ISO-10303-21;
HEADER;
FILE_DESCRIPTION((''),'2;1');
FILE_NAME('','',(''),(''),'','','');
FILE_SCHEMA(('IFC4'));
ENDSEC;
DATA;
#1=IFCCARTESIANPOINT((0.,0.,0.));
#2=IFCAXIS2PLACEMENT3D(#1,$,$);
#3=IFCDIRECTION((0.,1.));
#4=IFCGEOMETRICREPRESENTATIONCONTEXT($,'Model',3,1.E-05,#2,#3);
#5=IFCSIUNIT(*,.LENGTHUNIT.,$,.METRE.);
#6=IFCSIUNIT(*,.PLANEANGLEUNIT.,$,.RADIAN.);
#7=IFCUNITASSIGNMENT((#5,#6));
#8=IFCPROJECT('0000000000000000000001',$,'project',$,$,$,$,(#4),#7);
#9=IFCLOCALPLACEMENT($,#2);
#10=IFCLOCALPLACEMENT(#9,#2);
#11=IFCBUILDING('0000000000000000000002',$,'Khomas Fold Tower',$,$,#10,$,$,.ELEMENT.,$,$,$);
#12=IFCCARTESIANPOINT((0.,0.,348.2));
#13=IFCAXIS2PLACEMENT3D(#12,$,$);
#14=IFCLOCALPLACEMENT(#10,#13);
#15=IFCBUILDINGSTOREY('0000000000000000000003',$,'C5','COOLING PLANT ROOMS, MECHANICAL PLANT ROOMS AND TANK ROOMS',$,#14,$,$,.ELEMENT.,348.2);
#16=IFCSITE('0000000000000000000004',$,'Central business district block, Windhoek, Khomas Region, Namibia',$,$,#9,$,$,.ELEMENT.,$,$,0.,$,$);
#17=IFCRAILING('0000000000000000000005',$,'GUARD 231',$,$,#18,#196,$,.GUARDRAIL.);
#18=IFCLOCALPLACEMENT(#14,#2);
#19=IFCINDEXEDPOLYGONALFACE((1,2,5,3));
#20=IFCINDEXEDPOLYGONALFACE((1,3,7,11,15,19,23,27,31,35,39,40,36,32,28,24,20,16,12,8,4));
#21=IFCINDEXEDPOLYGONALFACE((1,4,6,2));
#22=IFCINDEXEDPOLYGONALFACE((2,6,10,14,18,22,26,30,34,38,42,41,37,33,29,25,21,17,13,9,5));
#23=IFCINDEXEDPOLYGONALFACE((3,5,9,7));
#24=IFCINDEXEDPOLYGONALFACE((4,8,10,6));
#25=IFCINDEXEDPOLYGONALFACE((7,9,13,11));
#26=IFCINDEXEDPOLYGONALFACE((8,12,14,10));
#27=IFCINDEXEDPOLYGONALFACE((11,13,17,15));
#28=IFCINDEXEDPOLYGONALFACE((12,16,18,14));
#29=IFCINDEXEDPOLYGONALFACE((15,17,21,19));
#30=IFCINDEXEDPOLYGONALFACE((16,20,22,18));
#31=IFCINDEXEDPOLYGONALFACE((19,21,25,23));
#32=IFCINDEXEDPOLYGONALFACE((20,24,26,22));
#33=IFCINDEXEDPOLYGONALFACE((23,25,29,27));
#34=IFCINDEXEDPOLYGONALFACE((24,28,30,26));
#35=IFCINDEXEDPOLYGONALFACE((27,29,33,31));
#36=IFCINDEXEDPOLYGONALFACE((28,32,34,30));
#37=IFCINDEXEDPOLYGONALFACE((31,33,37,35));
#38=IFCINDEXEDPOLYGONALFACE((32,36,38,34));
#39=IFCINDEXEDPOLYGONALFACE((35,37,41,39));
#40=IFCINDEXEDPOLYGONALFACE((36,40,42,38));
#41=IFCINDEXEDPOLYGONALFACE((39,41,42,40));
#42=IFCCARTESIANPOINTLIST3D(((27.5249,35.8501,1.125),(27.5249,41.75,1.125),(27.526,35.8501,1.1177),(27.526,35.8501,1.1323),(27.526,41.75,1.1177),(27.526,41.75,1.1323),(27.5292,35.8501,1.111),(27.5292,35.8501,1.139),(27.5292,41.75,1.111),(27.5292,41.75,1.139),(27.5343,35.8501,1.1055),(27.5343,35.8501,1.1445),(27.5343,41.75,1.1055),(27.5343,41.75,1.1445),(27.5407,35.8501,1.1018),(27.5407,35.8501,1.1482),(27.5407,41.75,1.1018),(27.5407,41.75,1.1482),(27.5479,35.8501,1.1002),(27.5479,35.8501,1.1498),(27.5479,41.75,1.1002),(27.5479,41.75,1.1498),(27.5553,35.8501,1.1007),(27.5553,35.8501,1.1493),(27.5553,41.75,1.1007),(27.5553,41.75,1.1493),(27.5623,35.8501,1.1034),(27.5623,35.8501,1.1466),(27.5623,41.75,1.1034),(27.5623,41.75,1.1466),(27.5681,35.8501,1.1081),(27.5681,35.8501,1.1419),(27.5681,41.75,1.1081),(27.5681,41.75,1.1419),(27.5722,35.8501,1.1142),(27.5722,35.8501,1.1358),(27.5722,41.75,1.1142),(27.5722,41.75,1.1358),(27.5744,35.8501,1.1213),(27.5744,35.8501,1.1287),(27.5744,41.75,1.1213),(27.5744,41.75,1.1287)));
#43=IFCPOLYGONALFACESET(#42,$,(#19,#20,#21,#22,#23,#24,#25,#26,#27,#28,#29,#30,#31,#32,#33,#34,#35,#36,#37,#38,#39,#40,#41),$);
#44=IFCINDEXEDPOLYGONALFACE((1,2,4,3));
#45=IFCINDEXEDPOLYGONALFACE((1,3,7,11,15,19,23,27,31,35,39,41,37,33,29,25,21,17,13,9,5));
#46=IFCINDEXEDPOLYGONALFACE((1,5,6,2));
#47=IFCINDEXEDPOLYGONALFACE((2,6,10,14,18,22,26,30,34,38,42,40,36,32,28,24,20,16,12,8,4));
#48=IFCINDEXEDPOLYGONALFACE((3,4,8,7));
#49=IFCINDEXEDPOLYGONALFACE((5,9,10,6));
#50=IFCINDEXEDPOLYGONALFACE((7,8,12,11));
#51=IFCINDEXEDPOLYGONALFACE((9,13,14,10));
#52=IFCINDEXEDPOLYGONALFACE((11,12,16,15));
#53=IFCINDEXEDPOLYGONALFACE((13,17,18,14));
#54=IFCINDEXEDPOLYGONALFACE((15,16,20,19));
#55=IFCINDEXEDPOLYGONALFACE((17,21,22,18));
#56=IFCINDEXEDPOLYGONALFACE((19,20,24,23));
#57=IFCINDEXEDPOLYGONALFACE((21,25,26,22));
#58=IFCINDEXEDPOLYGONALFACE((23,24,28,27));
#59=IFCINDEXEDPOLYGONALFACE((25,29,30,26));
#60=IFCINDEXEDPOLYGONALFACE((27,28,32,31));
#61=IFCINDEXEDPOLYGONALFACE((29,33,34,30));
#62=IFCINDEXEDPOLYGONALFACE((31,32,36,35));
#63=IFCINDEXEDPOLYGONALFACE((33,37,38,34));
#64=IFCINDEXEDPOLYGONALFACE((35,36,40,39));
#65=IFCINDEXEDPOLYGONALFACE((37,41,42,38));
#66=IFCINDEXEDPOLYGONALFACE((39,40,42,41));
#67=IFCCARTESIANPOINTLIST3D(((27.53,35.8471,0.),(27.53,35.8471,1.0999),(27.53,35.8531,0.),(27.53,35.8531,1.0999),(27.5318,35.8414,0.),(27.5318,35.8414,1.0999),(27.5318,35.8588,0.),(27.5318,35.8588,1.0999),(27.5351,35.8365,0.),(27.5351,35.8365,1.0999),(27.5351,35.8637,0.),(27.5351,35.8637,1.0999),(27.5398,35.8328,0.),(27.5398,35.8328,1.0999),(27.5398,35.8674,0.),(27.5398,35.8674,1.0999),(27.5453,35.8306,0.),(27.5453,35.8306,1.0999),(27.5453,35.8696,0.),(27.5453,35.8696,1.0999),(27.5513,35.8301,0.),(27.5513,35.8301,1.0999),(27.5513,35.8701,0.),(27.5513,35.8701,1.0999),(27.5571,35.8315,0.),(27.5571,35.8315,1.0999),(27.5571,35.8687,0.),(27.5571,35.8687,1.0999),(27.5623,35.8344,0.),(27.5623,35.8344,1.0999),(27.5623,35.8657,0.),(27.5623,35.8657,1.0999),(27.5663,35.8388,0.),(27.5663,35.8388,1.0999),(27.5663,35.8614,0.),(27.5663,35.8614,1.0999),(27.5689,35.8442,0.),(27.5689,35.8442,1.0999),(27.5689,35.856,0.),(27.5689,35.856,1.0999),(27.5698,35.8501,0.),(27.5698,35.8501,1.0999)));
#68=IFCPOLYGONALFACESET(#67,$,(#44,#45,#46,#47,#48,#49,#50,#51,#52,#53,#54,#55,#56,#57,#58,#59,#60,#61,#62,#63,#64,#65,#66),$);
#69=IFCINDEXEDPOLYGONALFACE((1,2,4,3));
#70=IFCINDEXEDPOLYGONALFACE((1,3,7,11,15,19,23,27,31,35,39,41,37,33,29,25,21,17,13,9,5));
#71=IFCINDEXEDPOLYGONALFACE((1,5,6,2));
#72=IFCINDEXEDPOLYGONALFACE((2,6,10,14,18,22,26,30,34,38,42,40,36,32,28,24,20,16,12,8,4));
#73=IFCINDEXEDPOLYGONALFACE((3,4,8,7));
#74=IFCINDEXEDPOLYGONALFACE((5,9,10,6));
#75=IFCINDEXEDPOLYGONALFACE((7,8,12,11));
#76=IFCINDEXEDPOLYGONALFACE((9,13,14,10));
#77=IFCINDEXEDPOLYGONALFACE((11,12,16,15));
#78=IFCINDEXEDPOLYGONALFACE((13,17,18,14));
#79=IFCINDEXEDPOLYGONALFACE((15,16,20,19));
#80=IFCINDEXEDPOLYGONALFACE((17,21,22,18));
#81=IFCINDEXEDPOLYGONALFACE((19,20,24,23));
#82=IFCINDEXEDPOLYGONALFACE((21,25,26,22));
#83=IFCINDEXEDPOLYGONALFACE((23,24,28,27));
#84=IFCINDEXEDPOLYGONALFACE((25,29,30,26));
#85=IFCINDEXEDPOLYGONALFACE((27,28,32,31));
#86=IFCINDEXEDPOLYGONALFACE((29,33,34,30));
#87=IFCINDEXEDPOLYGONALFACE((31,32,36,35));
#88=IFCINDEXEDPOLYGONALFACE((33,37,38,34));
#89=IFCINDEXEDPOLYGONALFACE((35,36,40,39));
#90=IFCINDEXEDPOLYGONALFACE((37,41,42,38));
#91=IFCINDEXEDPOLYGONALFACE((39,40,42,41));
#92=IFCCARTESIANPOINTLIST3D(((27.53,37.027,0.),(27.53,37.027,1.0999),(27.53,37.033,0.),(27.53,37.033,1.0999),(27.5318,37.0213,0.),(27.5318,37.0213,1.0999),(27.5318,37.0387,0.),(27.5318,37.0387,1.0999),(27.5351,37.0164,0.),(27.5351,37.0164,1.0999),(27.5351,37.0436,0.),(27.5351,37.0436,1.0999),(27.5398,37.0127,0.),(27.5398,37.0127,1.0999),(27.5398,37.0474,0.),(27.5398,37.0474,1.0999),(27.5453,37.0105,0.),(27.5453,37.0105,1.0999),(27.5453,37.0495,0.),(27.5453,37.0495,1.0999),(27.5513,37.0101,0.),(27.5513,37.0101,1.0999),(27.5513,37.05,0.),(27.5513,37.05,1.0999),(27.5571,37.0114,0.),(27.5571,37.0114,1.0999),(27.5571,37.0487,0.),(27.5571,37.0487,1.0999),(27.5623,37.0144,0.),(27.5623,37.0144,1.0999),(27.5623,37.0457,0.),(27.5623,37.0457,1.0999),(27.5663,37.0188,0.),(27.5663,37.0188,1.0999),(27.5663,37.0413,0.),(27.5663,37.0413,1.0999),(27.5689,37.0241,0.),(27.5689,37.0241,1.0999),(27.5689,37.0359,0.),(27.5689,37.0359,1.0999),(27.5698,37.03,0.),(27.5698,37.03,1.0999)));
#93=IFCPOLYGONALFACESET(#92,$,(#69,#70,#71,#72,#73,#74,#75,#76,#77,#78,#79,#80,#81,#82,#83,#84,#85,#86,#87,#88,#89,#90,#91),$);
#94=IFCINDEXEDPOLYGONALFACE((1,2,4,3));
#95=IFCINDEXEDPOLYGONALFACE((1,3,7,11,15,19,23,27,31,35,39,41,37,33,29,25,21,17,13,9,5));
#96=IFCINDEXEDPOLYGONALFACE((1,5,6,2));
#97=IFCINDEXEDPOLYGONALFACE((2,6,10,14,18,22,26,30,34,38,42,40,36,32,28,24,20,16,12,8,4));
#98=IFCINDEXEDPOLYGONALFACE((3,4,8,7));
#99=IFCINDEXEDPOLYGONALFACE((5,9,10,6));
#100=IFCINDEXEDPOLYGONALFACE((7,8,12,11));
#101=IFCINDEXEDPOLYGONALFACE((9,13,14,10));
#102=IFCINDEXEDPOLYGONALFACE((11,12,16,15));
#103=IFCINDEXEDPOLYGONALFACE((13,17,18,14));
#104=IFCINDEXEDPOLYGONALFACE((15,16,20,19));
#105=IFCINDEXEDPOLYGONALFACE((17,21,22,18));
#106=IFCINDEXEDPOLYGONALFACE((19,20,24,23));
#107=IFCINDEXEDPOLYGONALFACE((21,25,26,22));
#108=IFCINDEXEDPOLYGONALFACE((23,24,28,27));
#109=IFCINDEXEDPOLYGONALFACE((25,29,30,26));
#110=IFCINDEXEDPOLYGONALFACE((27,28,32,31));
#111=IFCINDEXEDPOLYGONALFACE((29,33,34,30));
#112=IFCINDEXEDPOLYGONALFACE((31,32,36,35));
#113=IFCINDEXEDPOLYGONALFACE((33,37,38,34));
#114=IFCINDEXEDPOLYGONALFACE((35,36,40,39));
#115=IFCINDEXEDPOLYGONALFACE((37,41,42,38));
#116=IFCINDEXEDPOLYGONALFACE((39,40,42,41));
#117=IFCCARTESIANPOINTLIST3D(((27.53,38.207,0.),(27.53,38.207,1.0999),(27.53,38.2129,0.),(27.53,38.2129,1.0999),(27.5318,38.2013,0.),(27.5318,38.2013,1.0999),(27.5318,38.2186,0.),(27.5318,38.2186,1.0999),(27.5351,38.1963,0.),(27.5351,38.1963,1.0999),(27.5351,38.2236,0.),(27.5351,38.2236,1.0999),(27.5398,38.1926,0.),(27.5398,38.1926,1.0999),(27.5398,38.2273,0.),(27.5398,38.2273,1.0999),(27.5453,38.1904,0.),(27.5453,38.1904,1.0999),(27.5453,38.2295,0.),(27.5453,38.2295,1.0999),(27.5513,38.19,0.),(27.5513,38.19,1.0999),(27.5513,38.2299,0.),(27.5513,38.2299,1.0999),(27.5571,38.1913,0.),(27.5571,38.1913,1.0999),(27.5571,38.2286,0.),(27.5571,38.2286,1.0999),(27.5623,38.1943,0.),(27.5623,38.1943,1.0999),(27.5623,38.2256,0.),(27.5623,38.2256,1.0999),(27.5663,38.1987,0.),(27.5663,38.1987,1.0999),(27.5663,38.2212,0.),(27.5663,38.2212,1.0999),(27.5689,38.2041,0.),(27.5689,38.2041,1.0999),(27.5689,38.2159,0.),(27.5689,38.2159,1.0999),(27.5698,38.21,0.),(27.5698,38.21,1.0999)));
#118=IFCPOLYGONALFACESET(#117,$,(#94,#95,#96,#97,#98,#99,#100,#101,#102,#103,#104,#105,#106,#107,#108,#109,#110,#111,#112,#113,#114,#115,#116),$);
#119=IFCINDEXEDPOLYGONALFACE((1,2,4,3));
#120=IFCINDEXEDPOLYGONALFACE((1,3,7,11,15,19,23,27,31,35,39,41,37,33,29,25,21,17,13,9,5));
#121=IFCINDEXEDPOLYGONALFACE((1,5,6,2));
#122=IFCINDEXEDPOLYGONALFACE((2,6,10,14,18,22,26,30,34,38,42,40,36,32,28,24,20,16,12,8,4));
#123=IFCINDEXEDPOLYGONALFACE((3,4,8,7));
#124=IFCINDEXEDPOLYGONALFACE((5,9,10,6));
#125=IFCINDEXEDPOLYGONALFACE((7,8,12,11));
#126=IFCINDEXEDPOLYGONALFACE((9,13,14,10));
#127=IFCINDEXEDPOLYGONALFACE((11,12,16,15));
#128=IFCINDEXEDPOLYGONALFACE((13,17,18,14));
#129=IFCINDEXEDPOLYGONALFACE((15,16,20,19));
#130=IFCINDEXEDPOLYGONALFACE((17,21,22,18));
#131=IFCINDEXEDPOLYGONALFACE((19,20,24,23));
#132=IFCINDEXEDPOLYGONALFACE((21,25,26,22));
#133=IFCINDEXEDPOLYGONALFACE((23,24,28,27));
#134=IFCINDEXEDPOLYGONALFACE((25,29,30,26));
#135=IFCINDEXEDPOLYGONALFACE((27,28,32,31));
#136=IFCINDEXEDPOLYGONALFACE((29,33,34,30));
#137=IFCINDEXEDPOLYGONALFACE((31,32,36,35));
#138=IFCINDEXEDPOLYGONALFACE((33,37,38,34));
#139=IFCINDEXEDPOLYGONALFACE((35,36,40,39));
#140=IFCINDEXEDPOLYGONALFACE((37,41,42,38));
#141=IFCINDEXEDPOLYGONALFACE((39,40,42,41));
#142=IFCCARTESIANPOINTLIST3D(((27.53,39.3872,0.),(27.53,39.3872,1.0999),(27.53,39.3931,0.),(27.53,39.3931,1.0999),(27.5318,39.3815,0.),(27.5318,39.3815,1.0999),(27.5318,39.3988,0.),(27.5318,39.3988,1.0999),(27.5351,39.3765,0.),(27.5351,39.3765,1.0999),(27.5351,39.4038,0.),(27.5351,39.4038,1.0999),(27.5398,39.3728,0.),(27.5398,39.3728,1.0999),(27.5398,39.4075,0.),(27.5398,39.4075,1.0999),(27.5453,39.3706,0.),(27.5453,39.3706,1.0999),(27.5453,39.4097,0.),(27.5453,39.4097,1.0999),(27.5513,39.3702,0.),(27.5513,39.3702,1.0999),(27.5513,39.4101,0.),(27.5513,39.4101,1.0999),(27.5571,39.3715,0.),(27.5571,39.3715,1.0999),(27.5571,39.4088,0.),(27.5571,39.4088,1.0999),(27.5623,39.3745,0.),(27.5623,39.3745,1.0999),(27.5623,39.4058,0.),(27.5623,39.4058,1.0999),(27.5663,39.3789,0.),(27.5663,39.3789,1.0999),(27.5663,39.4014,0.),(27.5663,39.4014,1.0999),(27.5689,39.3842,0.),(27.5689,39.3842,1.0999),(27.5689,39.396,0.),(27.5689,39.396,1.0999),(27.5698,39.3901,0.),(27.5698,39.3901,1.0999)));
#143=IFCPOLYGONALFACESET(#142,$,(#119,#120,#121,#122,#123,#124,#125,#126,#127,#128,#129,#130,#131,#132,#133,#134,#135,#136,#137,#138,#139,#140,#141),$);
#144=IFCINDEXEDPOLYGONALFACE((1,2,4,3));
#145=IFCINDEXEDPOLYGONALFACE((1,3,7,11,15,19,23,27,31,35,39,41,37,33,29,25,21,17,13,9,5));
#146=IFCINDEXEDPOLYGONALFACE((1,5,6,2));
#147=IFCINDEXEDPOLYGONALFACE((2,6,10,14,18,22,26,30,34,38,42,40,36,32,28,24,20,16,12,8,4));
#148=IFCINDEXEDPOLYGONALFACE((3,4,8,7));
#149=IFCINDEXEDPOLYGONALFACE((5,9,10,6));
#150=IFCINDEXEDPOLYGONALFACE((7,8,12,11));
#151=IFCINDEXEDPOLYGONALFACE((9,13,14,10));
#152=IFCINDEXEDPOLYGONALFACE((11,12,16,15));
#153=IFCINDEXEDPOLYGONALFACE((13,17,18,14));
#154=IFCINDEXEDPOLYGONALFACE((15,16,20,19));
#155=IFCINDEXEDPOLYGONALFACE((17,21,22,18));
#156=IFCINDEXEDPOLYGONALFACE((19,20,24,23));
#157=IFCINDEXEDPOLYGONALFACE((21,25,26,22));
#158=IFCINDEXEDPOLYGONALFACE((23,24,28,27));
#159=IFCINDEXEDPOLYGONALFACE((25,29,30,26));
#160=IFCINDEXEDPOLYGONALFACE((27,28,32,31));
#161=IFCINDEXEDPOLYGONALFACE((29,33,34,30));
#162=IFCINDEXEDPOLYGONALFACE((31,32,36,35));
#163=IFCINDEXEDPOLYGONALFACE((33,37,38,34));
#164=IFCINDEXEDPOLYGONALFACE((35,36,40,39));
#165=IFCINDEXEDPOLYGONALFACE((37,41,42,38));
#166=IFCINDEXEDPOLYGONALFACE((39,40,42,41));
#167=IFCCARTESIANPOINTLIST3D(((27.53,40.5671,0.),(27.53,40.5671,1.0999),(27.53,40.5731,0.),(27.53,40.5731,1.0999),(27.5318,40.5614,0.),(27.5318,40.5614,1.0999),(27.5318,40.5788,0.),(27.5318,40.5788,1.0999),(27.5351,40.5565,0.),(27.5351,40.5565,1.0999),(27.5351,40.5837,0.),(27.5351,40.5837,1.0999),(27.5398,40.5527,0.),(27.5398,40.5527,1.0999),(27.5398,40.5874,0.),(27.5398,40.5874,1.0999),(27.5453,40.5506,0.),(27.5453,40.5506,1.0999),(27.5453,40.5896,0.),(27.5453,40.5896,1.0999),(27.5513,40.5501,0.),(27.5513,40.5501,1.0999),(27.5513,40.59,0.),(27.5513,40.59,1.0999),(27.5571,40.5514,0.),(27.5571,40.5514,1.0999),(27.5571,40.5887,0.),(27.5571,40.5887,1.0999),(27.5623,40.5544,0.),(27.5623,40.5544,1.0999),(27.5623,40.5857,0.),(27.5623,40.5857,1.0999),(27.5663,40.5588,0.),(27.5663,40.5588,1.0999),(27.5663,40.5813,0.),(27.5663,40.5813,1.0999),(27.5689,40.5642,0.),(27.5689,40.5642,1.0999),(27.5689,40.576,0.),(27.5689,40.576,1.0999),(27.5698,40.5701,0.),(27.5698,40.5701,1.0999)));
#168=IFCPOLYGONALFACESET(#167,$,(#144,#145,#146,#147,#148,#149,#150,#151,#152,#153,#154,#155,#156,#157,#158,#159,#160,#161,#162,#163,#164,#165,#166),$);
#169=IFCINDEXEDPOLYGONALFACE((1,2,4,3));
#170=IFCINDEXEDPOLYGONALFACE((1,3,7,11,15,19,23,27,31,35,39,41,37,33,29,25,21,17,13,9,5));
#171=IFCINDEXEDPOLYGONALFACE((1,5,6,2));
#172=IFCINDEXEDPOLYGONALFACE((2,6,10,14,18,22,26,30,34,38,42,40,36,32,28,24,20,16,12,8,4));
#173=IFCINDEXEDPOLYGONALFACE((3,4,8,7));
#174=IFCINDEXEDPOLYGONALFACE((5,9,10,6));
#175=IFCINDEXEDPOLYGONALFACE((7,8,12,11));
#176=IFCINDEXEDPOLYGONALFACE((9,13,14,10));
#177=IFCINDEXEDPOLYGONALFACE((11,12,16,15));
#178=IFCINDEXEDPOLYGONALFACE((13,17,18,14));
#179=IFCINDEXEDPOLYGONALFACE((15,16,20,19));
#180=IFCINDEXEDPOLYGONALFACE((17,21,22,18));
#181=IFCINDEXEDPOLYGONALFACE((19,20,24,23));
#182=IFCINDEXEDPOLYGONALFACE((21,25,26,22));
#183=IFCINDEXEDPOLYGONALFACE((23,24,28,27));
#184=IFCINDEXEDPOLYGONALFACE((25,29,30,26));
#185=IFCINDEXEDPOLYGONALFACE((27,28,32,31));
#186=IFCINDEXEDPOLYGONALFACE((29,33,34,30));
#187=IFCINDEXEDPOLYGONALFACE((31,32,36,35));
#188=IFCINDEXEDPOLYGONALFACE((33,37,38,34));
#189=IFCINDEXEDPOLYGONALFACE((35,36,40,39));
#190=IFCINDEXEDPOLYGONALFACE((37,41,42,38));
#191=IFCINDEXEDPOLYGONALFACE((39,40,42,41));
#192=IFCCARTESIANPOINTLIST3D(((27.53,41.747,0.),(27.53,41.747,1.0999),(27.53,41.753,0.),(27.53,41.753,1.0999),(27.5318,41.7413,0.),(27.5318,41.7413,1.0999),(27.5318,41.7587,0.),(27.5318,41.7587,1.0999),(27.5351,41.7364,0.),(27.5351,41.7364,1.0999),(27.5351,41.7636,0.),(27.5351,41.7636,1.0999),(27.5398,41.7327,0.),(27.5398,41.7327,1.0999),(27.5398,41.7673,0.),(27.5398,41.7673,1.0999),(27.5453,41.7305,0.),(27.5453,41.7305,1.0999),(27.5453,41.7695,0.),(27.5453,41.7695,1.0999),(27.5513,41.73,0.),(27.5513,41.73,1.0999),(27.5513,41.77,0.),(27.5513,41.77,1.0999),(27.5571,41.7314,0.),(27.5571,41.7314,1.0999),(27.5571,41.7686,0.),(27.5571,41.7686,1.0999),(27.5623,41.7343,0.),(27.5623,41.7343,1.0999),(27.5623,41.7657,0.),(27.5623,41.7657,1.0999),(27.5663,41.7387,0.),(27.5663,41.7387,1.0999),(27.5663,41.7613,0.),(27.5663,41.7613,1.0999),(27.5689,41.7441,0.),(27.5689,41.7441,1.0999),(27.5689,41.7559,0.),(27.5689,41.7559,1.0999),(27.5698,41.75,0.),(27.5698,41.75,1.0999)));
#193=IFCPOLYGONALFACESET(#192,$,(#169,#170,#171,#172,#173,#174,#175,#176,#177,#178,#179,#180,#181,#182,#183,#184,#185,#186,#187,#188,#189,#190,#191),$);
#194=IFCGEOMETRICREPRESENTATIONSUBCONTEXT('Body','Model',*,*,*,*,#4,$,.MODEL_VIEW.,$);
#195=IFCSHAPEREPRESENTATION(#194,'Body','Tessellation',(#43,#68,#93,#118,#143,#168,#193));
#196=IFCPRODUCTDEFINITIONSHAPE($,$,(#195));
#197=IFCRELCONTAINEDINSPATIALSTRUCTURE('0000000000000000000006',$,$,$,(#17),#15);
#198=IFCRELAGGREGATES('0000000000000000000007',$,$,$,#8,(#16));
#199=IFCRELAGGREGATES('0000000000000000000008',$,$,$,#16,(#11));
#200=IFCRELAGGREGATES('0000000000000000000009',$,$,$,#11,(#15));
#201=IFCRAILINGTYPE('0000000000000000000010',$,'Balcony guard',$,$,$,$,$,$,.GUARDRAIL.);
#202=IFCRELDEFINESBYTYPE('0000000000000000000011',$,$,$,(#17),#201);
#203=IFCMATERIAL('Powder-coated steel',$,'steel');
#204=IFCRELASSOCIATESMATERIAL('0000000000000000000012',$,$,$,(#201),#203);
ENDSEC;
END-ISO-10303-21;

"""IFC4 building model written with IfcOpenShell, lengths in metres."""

from ifc_helpers import new_model, si_unit, direction, frame, origin, origin_2d, place, context, subcontext, project, spatial, circle, extrude, source, transform, mapped, material, type_object, element, save


model = new_model("IFC4")

# Units and contexts
model_context = context("Model", 3, precision=1e-05, world=origin(), true_north=direction((0.0, 1.0)))
body_context = subcontext(model_context, "Body", "Model", "MODEL_VIEW")
ifc_project = project(units=[si_unit("LENGTHUNIT", "METRE"), si_unit("PLANEANGLEUNIT", "RADIAN")], contexts=[model_context])

# Site, building, storey
site_placement = place(None, origin())
site = spatial("IfcSite", under=ifc_project, at=site_placement, Name="Central business district block, Windhoek, Khomas Region, Namibia", CompositionType="ELEMENT", RefElevation=0.0)
building_placement = place(site_placement, origin())
building = spatial("IfcBuilding", under=site, at=building_placement, Name="Khomas Fold Tower", CompositionType="ELEMENT")
storey_placement = place(building_placement, frame((0.0, 0.0, 348.2)))
storey = spatial("IfcBuildingStorey", under=building, at=storey_placement, Name="C5", Description="COOLING PLANT ROOMS, MECHANICAL PLANT ROOMS AND TANK ROOMS", CompositionType="ELEMENT", Elevation=348.2)

# Railing
ifc_material_1 = material(Name="Powder-coated steel", Category="steel")
railing_type = type_object("IfcRailingType", Name="Balcony guard", PredefinedType="GUARDRAIL", material=ifc_material_1)
shared_shape_1 = source(origin(), body_context, "Body", "SweptSolid", [
    extrude(circle(Radius=0.0249, at=origin_2d()), frame((0.0, 0.0, 1.125), z_axis=(0.0, 1.0, 0.0), x_axis=(-1.0, 0.0, 0.0)), (0.0, 0.0, 1.0), 5.8999),
    extrude(circle(Radius=0.02, at=origin_2d()), origin(), (0.0, 0.0, 1.0), 1.0999),
    extrude(circle(Radius=0.02, at=origin_2d()), frame((0.0, 1.1799, 0.0)), (0.0, 0.0, 1.0), 1.0999),
    extrude(circle(Radius=0.02, at=origin_2d()), frame((0.0, 2.3599, 0.0)), (0.0, 0.0, 1.0), 1.0999),
    extrude(circle(Radius=0.02, at=origin_2d()), frame((0.0, 3.54, 0.0)), (0.0, 0.0, 1.0), 1.0999),
    extrude(circle(Radius=0.02, at=origin_2d()), frame((0.0, 4.72, 0.0)), (0.0, 0.0, 1.0), 1.0999),
    extrude(circle(Radius=0.02, at=origin_2d()), frame((0.0, 5.8999, 0.0)), (0.0, 0.0, 1.0), 1.0999),
])
for number, where, name in (
    (1, (27.5498, 35.8501, 0.0), "GUARD 231"),
):
    element("IfcRailing", number, at=place(storey_placement, frame(where)), inside=storey, type_object=railing_type, Name=name, PredefinedType="GUARDRAIL", context=body_context, shape_type="MappedRepresentation", body=[
        mapped(shared_shape_1, transform((0.0, 0.0, 0.0))),
    ])

save(model, "model.ifc")
